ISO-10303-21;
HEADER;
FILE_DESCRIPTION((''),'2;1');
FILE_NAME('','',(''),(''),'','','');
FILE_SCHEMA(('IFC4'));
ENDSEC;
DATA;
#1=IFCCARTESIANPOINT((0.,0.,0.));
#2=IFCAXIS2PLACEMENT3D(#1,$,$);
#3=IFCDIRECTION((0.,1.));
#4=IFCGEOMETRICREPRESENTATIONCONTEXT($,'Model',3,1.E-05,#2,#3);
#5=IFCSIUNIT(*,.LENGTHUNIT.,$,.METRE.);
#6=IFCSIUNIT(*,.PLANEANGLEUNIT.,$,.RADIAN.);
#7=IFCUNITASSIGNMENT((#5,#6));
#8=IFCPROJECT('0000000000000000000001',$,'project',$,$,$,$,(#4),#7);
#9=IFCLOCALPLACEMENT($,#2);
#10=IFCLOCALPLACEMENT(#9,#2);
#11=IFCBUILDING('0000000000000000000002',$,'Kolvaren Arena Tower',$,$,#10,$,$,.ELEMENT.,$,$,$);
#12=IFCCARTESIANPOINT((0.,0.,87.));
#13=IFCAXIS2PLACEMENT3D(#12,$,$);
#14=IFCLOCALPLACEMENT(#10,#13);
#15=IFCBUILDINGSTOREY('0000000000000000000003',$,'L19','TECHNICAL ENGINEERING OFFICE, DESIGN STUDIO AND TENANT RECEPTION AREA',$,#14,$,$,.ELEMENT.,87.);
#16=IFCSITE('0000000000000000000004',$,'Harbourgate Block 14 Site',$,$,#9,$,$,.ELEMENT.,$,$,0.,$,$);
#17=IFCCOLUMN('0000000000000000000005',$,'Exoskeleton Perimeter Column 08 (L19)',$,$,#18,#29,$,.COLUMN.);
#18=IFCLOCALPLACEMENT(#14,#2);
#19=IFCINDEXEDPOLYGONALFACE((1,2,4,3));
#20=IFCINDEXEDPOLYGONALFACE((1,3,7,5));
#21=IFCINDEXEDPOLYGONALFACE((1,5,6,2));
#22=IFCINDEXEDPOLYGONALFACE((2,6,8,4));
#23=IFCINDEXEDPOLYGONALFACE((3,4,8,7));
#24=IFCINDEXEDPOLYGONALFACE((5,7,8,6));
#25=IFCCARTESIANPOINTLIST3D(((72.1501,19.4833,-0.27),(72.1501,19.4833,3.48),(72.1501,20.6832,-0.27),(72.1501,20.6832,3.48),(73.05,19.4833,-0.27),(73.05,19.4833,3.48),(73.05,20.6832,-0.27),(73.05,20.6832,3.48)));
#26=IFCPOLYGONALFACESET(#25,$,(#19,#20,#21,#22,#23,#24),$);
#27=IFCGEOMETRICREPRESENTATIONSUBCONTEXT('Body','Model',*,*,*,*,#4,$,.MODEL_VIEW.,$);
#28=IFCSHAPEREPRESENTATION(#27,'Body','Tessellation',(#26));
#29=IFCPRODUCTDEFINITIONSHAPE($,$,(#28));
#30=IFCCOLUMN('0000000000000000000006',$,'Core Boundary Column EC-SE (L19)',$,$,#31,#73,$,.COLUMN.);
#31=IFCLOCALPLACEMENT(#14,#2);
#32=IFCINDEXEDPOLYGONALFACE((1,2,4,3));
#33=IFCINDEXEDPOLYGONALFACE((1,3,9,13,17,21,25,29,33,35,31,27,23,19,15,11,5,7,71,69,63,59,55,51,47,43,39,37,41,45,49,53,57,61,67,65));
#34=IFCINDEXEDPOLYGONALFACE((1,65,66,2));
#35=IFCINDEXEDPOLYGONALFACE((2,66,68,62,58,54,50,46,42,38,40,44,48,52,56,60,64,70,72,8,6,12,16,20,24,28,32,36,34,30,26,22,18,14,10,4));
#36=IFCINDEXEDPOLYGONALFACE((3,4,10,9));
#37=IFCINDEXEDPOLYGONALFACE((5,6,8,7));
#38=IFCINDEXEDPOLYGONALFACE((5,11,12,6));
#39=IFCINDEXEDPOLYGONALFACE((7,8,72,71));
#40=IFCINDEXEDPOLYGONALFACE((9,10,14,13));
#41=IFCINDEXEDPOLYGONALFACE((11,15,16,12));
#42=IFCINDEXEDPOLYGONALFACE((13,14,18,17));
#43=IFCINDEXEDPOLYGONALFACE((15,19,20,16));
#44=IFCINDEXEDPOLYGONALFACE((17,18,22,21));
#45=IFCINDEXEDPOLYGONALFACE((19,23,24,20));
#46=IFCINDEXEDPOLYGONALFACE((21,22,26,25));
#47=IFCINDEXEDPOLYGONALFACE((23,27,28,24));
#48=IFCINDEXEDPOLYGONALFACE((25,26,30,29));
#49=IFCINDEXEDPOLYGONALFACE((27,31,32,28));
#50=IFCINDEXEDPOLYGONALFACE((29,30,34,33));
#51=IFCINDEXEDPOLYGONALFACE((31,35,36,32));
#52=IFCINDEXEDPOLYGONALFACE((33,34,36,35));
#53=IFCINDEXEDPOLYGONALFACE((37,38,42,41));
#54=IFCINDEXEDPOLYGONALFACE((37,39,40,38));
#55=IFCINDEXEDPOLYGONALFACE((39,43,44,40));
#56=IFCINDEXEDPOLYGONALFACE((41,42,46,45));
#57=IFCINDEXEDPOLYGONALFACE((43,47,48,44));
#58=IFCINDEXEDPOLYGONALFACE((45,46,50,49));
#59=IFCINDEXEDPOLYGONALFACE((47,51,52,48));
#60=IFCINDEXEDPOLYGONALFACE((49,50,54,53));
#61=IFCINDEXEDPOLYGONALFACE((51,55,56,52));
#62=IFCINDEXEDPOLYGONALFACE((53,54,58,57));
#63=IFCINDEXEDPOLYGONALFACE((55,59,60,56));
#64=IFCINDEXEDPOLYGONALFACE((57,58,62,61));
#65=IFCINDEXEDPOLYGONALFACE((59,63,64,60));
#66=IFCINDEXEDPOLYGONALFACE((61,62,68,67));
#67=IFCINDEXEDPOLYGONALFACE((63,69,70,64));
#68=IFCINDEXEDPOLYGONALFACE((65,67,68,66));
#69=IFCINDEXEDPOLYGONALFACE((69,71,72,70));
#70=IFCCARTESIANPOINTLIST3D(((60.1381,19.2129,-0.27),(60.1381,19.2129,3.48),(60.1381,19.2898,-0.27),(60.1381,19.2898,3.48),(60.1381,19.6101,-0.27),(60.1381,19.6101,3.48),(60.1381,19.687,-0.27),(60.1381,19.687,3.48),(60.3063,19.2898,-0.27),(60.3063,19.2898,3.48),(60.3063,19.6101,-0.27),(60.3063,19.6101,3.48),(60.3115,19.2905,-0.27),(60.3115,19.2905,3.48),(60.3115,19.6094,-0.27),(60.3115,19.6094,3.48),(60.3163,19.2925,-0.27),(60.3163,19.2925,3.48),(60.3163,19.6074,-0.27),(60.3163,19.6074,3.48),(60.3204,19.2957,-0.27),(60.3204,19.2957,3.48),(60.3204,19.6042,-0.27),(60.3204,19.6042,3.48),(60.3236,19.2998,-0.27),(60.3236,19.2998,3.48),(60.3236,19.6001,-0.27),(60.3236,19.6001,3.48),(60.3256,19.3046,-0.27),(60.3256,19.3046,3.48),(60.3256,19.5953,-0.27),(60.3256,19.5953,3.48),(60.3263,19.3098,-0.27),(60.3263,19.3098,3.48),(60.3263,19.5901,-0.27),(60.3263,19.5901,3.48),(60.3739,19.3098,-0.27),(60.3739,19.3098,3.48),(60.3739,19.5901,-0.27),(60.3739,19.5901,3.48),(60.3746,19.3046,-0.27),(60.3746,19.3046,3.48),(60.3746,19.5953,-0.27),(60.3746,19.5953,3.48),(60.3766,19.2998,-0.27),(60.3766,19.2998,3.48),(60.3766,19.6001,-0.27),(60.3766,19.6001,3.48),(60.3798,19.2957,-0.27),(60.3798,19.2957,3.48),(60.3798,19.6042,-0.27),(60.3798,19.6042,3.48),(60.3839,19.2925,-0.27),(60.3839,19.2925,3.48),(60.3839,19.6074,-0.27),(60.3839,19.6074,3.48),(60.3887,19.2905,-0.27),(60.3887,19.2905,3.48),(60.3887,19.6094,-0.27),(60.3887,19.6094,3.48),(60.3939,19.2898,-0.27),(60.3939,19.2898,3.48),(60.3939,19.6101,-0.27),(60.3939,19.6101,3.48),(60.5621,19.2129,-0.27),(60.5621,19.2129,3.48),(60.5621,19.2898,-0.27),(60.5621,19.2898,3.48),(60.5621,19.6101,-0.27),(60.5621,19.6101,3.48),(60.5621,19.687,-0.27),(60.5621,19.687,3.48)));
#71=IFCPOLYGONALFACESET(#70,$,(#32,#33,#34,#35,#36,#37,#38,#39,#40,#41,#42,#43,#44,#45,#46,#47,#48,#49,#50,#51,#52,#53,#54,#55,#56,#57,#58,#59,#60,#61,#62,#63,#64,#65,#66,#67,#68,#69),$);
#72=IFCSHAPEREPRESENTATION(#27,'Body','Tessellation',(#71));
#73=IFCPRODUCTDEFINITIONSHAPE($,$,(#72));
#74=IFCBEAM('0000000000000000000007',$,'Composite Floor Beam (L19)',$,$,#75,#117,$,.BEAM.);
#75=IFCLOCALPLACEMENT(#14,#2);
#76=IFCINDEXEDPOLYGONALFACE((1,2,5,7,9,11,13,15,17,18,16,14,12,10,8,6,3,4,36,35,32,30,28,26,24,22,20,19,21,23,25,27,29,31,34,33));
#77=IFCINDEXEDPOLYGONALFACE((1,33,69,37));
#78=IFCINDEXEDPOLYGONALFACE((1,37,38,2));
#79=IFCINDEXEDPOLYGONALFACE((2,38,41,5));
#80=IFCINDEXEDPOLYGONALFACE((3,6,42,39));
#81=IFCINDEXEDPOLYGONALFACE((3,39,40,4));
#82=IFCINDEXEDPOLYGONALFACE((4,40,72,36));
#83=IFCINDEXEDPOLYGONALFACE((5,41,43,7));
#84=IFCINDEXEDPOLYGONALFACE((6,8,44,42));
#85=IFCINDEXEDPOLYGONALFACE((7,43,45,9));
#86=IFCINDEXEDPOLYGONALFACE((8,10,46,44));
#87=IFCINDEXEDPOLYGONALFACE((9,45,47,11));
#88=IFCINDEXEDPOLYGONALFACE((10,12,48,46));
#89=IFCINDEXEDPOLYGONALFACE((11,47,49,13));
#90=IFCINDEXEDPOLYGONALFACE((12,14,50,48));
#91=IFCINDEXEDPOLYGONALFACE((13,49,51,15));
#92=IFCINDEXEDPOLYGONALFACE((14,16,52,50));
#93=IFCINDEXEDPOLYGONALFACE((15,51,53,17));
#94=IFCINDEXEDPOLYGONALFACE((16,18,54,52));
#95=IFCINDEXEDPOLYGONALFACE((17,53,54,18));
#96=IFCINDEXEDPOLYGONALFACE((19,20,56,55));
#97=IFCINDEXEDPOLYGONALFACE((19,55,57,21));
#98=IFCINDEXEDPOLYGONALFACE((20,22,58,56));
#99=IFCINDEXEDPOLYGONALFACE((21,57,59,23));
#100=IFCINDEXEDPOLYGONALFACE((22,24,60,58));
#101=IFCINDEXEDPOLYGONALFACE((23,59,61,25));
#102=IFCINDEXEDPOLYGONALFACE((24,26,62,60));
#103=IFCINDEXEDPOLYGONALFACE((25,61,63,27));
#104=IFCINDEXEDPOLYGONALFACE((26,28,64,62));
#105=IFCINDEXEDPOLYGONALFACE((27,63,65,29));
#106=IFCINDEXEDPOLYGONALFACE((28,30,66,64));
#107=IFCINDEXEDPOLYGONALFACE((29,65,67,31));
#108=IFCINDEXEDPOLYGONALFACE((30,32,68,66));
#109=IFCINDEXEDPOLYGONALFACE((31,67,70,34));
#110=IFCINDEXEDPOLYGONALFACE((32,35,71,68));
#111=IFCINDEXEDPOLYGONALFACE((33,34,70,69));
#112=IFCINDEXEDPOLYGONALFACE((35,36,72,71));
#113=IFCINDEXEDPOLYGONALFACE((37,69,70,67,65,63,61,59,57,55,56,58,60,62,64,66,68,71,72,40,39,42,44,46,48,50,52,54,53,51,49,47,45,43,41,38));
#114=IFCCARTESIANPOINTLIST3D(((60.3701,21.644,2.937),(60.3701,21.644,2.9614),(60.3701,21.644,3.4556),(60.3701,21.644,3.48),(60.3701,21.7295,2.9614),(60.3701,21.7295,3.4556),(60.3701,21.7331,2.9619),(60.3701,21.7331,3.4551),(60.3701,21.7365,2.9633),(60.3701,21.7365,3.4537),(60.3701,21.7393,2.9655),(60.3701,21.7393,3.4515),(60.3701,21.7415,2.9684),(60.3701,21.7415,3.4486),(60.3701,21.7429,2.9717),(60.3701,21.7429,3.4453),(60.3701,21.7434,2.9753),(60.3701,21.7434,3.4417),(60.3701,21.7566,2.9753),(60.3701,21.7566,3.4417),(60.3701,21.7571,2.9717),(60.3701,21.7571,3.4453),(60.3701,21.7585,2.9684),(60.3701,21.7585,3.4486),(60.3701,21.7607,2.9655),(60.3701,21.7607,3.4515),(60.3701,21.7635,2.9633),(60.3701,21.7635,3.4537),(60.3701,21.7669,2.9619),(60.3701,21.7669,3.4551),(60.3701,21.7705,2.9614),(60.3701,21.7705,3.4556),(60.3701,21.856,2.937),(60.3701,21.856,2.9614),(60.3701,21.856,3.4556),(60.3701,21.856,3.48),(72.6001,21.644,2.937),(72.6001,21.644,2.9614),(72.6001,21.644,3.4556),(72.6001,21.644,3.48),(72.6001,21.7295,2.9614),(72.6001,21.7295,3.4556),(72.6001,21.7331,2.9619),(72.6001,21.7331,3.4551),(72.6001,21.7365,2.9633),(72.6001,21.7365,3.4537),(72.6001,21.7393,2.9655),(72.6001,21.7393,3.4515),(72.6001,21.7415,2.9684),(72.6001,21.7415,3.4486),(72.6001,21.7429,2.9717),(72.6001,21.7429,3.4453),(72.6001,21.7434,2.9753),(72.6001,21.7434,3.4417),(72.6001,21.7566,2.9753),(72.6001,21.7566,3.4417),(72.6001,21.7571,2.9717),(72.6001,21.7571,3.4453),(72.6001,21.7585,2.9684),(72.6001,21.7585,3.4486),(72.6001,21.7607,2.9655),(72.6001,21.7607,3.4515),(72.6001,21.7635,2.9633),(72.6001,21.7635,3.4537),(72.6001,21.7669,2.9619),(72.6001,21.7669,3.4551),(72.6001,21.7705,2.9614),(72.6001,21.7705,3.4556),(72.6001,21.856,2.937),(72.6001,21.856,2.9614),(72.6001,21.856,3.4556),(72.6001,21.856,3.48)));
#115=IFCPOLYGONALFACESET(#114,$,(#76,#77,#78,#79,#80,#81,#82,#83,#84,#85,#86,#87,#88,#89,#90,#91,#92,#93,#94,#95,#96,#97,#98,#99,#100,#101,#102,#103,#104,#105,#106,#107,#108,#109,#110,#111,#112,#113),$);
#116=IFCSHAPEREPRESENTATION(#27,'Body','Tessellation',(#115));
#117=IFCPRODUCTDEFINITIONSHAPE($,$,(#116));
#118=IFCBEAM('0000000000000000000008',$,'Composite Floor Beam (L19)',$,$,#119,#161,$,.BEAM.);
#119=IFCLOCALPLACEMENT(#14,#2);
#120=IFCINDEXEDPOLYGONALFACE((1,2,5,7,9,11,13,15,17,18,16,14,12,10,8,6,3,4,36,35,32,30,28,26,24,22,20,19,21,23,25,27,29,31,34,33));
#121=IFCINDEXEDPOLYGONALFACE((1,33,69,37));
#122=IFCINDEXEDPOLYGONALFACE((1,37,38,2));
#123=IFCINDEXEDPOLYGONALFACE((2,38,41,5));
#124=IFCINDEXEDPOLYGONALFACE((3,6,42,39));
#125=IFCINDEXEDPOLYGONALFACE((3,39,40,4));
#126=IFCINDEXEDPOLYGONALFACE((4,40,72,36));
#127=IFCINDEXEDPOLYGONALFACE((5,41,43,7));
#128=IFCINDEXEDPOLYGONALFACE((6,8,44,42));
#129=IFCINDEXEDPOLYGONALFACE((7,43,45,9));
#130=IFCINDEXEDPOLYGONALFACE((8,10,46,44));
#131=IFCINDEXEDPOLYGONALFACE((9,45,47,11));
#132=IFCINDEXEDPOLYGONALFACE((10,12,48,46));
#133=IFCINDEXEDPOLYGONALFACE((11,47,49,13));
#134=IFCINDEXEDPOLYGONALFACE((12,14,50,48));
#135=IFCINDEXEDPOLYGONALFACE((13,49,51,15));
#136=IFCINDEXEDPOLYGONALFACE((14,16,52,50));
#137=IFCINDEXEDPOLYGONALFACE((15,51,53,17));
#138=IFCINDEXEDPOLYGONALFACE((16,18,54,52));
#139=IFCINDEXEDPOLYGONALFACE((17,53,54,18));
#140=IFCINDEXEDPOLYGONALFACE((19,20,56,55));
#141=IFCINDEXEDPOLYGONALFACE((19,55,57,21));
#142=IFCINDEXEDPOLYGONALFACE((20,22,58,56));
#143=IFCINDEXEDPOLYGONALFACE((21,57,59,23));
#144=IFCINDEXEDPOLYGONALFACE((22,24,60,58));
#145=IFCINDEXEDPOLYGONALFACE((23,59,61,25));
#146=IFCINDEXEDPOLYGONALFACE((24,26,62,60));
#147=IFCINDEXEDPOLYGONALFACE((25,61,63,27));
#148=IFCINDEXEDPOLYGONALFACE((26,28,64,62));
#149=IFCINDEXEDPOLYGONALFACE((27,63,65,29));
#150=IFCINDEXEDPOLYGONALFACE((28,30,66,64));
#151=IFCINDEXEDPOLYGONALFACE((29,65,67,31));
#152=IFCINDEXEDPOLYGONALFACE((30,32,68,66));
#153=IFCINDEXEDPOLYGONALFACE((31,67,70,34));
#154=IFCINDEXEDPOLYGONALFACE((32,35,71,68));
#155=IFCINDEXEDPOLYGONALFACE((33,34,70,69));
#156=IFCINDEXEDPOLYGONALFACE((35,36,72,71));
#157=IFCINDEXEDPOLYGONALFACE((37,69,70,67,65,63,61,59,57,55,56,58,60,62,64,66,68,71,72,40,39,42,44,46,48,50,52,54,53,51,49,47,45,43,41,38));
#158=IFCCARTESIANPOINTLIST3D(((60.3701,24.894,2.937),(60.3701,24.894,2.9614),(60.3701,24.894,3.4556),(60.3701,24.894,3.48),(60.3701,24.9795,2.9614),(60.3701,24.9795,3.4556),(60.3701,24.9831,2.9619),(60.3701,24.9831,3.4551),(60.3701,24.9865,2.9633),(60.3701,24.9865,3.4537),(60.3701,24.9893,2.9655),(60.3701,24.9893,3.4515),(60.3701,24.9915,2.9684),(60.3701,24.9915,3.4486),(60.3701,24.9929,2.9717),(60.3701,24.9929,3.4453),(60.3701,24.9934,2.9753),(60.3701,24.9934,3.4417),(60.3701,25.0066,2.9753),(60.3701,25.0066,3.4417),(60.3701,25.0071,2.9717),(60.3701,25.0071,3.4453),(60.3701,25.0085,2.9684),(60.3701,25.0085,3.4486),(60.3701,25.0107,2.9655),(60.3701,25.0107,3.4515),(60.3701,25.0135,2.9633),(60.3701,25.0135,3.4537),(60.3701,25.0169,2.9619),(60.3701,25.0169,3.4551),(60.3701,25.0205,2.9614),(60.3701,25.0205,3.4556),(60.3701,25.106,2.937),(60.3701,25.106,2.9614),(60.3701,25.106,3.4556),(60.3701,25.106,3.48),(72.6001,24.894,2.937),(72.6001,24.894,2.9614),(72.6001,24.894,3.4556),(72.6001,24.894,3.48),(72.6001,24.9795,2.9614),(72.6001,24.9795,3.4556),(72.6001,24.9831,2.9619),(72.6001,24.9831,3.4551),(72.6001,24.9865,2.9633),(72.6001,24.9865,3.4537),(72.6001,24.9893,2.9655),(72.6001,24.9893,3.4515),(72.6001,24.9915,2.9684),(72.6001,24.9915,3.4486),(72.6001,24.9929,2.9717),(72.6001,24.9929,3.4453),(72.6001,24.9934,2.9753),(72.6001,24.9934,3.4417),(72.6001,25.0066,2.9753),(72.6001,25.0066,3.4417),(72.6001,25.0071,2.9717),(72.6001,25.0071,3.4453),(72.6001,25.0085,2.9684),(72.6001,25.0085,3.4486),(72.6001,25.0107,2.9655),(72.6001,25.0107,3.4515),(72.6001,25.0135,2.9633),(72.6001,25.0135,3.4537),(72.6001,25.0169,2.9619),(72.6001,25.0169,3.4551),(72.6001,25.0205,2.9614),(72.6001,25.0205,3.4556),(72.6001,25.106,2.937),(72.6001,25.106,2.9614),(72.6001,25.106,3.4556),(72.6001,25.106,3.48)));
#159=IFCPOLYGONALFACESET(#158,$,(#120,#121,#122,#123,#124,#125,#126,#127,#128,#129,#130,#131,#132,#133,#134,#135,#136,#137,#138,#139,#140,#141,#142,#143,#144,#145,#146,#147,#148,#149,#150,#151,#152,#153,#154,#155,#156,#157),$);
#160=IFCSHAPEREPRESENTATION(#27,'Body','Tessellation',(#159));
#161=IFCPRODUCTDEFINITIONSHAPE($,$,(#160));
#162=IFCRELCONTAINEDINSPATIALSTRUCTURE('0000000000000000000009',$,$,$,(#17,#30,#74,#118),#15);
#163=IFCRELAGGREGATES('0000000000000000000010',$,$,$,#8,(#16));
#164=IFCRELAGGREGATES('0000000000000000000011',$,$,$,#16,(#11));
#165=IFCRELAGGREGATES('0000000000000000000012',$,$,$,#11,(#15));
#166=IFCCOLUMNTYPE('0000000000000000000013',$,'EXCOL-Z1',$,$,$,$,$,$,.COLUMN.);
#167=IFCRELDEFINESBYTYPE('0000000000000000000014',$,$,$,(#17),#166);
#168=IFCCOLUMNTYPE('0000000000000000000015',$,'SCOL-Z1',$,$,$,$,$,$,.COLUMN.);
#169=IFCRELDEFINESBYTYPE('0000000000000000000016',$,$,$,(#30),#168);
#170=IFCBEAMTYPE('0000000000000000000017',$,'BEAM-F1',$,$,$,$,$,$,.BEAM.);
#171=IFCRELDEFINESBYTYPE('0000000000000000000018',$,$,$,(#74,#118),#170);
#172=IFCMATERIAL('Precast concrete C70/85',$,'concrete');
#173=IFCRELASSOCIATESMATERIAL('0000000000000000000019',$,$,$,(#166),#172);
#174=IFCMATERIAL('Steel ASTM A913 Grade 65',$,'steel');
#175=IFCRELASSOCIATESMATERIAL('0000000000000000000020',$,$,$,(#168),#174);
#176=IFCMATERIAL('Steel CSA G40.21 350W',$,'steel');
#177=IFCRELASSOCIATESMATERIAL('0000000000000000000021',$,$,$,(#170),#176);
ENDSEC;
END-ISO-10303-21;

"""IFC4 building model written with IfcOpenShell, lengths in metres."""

from ifc_helpers import new_model, si_unit, direction, frame, origin, origin_2d, place, context, subcontext, project, spatial, rectangle, i_section, extrude, material, material_profile, profile_set, type_object, element, save


model = new_model("IFC4")

# Units and contexts
model_context = context("Model", 3, precision=1e-05, world=origin(), true_north=direction((0.0, 1.0)))
body_context = subcontext(model_context, "Body", "Model", "MODEL_VIEW")
ifc_project = project(units=[si_unit("LENGTHUNIT", "METRE"), si_unit("PLANEANGLEUNIT", "RADIAN")], contexts=[model_context])

# Site, building, storey
site_placement = place(None, origin())
site = spatial("IfcSite", under=ifc_project, at=site_placement, Name="Harbourgate Block 14 Site", CompositionType="ELEMENT", RefElevation=0.0)
building_placement = place(site_placement, origin())
building = spatial("IfcBuilding", under=site, at=building_placement, Name="Kolvaren Arena Tower", CompositionType="ELEMENT")
storey_placement = place(building_placement, frame((0.0, 0.0, 87.0)))
storey = spatial("IfcBuildingStorey", under=building, at=storey_placement, Name="L19", Description="TECHNICAL ENGINEERING OFFICE, DESIGN STUDIO AND TENANT RECEPTION AREA", CompositionType="ELEMENT", Elevation=87.0)

# Columns
ifc_material_1 = material(Name="Precast concrete C70/85", Category="concrete")
ifc_material_profile_1 = material_profile(ifc_material_1, rectangle(XDim=1.2, YDim=0.8999, at=origin_2d()), Name="RC-1200x900")
ifc_profile_set_1 = profile_set([ifc_material_profile_1], Name="Precast concrete C70/85")
column_type_1 = type_object("IfcColumnType", Name="EXCOL-Z1", PredefinedType="COLUMN", material=ifc_profile_set_1)
column_1_placement = place(storey_placement, frame((72.6001, 20.0833, -0.27), z_axis=(0.0, 0.0, 1.0), x_axis=(0.0, 1.0, 0.0)))
element("IfcColumn", 1, at=column_1_placement, inside=storey, type_object=column_type_1, Name="Exoskeleton Perimeter Column 08 (L19)", PredefinedType="COLUMN", context=body_context, shape_type="SweptSolid", body=[
    extrude(rectangle(XDim=1.2, YDim=0.8999, at=origin_2d()), origin(), (0.0, 0.0, 1.0), 3.75),
])
ifc_material_2 = material(Name="Steel ASTM A913 Grade 65", Category="steel")
ifc_material_profile_2 = material_profile(ifc_material_2, i_section(OverallWidth=0.4241, OverallDepth=0.4741, WebThickness=0.0476, FlangeThickness=0.0769, FilletRadius=0.02, at=origin_2d()), Name="W360x634")
ifc_profile_set_2 = profile_set([ifc_material_profile_2], Name="Steel ASTM A913 Grade 65")
column_type_2 = type_object("IfcColumnType", Name="SCOL-Z1", PredefinedType="COLUMN", material=ifc_profile_set_2)
column_2_placement = place(storey_placement, frame((60.3501, 19.45, -0.27), z_axis=(0.0, 0.0, 1.0), x_axis=(1.0, 0.0, 0.0)))
element("IfcColumn", 2, at=column_2_placement, inside=storey, type_object=column_type_2, Name="Core Boundary Column EC-SE (L19)", PredefinedType="COLUMN", context=body_context, shape_type="SweptSolid", body=[
    extrude(i_section(OverallWidth=0.4241, OverallDepth=0.4741, WebThickness=0.0476, FlangeThickness=0.0769, FilletRadius=0.02, at=origin_2d()), origin(), (0.0, 0.0, 1.0), 3.75),
])

# Beams
ifc_material_3 = material(Name="Steel CSA G40.21 350W", Category="steel")
ifc_material_profile_3 = material_profile(ifc_material_3, i_section(OverallWidth=0.2119, OverallDepth=0.543, WebThickness=0.0132, FlangeThickness=0.0244, FilletRadius=0.0139, at=origin_2d()), Name="W530x150")
ifc_profile_set_3 = profile_set([ifc_material_profile_3], Name="Steel CSA G40.21 350W")
beam_type_1 = type_object("IfcBeamType", Name="BEAM-F1", PredefinedType="BEAM", material=ifc_profile_set_3)
for number, where, z_axis, x_axis, name in (
    (3, (60.3701, 21.75, 3.2085), (1.0, 0.0, 0.0), (0.0, 1.0, 0.0), "Composite Floor Beam (L19)"),
    (4, (60.3701, 25.0, 3.2085), (1.0, 0.0, 0.0), (0.0, 1.0, 0.0), "Composite Floor Beam (L19)"),
):
    element("IfcBeam", number, at=place(storey_placement, frame(where, z_axis=z_axis, x_axis=x_axis)), inside=storey, type_object=beam_type_1, Name=name, PredefinedType="BEAM", context=body_context, shape_type="SweptSolid", body=[
        extrude(i_section(OverallWidth=0.2119, OverallDepth=0.543, WebThickness=0.0132, FlangeThickness=0.0244, FilletRadius=0.0139, at=origin_2d()), origin(), (0.0, 0.0, 1.0), 12.23),
    ])

save(model, "model.ifc")
